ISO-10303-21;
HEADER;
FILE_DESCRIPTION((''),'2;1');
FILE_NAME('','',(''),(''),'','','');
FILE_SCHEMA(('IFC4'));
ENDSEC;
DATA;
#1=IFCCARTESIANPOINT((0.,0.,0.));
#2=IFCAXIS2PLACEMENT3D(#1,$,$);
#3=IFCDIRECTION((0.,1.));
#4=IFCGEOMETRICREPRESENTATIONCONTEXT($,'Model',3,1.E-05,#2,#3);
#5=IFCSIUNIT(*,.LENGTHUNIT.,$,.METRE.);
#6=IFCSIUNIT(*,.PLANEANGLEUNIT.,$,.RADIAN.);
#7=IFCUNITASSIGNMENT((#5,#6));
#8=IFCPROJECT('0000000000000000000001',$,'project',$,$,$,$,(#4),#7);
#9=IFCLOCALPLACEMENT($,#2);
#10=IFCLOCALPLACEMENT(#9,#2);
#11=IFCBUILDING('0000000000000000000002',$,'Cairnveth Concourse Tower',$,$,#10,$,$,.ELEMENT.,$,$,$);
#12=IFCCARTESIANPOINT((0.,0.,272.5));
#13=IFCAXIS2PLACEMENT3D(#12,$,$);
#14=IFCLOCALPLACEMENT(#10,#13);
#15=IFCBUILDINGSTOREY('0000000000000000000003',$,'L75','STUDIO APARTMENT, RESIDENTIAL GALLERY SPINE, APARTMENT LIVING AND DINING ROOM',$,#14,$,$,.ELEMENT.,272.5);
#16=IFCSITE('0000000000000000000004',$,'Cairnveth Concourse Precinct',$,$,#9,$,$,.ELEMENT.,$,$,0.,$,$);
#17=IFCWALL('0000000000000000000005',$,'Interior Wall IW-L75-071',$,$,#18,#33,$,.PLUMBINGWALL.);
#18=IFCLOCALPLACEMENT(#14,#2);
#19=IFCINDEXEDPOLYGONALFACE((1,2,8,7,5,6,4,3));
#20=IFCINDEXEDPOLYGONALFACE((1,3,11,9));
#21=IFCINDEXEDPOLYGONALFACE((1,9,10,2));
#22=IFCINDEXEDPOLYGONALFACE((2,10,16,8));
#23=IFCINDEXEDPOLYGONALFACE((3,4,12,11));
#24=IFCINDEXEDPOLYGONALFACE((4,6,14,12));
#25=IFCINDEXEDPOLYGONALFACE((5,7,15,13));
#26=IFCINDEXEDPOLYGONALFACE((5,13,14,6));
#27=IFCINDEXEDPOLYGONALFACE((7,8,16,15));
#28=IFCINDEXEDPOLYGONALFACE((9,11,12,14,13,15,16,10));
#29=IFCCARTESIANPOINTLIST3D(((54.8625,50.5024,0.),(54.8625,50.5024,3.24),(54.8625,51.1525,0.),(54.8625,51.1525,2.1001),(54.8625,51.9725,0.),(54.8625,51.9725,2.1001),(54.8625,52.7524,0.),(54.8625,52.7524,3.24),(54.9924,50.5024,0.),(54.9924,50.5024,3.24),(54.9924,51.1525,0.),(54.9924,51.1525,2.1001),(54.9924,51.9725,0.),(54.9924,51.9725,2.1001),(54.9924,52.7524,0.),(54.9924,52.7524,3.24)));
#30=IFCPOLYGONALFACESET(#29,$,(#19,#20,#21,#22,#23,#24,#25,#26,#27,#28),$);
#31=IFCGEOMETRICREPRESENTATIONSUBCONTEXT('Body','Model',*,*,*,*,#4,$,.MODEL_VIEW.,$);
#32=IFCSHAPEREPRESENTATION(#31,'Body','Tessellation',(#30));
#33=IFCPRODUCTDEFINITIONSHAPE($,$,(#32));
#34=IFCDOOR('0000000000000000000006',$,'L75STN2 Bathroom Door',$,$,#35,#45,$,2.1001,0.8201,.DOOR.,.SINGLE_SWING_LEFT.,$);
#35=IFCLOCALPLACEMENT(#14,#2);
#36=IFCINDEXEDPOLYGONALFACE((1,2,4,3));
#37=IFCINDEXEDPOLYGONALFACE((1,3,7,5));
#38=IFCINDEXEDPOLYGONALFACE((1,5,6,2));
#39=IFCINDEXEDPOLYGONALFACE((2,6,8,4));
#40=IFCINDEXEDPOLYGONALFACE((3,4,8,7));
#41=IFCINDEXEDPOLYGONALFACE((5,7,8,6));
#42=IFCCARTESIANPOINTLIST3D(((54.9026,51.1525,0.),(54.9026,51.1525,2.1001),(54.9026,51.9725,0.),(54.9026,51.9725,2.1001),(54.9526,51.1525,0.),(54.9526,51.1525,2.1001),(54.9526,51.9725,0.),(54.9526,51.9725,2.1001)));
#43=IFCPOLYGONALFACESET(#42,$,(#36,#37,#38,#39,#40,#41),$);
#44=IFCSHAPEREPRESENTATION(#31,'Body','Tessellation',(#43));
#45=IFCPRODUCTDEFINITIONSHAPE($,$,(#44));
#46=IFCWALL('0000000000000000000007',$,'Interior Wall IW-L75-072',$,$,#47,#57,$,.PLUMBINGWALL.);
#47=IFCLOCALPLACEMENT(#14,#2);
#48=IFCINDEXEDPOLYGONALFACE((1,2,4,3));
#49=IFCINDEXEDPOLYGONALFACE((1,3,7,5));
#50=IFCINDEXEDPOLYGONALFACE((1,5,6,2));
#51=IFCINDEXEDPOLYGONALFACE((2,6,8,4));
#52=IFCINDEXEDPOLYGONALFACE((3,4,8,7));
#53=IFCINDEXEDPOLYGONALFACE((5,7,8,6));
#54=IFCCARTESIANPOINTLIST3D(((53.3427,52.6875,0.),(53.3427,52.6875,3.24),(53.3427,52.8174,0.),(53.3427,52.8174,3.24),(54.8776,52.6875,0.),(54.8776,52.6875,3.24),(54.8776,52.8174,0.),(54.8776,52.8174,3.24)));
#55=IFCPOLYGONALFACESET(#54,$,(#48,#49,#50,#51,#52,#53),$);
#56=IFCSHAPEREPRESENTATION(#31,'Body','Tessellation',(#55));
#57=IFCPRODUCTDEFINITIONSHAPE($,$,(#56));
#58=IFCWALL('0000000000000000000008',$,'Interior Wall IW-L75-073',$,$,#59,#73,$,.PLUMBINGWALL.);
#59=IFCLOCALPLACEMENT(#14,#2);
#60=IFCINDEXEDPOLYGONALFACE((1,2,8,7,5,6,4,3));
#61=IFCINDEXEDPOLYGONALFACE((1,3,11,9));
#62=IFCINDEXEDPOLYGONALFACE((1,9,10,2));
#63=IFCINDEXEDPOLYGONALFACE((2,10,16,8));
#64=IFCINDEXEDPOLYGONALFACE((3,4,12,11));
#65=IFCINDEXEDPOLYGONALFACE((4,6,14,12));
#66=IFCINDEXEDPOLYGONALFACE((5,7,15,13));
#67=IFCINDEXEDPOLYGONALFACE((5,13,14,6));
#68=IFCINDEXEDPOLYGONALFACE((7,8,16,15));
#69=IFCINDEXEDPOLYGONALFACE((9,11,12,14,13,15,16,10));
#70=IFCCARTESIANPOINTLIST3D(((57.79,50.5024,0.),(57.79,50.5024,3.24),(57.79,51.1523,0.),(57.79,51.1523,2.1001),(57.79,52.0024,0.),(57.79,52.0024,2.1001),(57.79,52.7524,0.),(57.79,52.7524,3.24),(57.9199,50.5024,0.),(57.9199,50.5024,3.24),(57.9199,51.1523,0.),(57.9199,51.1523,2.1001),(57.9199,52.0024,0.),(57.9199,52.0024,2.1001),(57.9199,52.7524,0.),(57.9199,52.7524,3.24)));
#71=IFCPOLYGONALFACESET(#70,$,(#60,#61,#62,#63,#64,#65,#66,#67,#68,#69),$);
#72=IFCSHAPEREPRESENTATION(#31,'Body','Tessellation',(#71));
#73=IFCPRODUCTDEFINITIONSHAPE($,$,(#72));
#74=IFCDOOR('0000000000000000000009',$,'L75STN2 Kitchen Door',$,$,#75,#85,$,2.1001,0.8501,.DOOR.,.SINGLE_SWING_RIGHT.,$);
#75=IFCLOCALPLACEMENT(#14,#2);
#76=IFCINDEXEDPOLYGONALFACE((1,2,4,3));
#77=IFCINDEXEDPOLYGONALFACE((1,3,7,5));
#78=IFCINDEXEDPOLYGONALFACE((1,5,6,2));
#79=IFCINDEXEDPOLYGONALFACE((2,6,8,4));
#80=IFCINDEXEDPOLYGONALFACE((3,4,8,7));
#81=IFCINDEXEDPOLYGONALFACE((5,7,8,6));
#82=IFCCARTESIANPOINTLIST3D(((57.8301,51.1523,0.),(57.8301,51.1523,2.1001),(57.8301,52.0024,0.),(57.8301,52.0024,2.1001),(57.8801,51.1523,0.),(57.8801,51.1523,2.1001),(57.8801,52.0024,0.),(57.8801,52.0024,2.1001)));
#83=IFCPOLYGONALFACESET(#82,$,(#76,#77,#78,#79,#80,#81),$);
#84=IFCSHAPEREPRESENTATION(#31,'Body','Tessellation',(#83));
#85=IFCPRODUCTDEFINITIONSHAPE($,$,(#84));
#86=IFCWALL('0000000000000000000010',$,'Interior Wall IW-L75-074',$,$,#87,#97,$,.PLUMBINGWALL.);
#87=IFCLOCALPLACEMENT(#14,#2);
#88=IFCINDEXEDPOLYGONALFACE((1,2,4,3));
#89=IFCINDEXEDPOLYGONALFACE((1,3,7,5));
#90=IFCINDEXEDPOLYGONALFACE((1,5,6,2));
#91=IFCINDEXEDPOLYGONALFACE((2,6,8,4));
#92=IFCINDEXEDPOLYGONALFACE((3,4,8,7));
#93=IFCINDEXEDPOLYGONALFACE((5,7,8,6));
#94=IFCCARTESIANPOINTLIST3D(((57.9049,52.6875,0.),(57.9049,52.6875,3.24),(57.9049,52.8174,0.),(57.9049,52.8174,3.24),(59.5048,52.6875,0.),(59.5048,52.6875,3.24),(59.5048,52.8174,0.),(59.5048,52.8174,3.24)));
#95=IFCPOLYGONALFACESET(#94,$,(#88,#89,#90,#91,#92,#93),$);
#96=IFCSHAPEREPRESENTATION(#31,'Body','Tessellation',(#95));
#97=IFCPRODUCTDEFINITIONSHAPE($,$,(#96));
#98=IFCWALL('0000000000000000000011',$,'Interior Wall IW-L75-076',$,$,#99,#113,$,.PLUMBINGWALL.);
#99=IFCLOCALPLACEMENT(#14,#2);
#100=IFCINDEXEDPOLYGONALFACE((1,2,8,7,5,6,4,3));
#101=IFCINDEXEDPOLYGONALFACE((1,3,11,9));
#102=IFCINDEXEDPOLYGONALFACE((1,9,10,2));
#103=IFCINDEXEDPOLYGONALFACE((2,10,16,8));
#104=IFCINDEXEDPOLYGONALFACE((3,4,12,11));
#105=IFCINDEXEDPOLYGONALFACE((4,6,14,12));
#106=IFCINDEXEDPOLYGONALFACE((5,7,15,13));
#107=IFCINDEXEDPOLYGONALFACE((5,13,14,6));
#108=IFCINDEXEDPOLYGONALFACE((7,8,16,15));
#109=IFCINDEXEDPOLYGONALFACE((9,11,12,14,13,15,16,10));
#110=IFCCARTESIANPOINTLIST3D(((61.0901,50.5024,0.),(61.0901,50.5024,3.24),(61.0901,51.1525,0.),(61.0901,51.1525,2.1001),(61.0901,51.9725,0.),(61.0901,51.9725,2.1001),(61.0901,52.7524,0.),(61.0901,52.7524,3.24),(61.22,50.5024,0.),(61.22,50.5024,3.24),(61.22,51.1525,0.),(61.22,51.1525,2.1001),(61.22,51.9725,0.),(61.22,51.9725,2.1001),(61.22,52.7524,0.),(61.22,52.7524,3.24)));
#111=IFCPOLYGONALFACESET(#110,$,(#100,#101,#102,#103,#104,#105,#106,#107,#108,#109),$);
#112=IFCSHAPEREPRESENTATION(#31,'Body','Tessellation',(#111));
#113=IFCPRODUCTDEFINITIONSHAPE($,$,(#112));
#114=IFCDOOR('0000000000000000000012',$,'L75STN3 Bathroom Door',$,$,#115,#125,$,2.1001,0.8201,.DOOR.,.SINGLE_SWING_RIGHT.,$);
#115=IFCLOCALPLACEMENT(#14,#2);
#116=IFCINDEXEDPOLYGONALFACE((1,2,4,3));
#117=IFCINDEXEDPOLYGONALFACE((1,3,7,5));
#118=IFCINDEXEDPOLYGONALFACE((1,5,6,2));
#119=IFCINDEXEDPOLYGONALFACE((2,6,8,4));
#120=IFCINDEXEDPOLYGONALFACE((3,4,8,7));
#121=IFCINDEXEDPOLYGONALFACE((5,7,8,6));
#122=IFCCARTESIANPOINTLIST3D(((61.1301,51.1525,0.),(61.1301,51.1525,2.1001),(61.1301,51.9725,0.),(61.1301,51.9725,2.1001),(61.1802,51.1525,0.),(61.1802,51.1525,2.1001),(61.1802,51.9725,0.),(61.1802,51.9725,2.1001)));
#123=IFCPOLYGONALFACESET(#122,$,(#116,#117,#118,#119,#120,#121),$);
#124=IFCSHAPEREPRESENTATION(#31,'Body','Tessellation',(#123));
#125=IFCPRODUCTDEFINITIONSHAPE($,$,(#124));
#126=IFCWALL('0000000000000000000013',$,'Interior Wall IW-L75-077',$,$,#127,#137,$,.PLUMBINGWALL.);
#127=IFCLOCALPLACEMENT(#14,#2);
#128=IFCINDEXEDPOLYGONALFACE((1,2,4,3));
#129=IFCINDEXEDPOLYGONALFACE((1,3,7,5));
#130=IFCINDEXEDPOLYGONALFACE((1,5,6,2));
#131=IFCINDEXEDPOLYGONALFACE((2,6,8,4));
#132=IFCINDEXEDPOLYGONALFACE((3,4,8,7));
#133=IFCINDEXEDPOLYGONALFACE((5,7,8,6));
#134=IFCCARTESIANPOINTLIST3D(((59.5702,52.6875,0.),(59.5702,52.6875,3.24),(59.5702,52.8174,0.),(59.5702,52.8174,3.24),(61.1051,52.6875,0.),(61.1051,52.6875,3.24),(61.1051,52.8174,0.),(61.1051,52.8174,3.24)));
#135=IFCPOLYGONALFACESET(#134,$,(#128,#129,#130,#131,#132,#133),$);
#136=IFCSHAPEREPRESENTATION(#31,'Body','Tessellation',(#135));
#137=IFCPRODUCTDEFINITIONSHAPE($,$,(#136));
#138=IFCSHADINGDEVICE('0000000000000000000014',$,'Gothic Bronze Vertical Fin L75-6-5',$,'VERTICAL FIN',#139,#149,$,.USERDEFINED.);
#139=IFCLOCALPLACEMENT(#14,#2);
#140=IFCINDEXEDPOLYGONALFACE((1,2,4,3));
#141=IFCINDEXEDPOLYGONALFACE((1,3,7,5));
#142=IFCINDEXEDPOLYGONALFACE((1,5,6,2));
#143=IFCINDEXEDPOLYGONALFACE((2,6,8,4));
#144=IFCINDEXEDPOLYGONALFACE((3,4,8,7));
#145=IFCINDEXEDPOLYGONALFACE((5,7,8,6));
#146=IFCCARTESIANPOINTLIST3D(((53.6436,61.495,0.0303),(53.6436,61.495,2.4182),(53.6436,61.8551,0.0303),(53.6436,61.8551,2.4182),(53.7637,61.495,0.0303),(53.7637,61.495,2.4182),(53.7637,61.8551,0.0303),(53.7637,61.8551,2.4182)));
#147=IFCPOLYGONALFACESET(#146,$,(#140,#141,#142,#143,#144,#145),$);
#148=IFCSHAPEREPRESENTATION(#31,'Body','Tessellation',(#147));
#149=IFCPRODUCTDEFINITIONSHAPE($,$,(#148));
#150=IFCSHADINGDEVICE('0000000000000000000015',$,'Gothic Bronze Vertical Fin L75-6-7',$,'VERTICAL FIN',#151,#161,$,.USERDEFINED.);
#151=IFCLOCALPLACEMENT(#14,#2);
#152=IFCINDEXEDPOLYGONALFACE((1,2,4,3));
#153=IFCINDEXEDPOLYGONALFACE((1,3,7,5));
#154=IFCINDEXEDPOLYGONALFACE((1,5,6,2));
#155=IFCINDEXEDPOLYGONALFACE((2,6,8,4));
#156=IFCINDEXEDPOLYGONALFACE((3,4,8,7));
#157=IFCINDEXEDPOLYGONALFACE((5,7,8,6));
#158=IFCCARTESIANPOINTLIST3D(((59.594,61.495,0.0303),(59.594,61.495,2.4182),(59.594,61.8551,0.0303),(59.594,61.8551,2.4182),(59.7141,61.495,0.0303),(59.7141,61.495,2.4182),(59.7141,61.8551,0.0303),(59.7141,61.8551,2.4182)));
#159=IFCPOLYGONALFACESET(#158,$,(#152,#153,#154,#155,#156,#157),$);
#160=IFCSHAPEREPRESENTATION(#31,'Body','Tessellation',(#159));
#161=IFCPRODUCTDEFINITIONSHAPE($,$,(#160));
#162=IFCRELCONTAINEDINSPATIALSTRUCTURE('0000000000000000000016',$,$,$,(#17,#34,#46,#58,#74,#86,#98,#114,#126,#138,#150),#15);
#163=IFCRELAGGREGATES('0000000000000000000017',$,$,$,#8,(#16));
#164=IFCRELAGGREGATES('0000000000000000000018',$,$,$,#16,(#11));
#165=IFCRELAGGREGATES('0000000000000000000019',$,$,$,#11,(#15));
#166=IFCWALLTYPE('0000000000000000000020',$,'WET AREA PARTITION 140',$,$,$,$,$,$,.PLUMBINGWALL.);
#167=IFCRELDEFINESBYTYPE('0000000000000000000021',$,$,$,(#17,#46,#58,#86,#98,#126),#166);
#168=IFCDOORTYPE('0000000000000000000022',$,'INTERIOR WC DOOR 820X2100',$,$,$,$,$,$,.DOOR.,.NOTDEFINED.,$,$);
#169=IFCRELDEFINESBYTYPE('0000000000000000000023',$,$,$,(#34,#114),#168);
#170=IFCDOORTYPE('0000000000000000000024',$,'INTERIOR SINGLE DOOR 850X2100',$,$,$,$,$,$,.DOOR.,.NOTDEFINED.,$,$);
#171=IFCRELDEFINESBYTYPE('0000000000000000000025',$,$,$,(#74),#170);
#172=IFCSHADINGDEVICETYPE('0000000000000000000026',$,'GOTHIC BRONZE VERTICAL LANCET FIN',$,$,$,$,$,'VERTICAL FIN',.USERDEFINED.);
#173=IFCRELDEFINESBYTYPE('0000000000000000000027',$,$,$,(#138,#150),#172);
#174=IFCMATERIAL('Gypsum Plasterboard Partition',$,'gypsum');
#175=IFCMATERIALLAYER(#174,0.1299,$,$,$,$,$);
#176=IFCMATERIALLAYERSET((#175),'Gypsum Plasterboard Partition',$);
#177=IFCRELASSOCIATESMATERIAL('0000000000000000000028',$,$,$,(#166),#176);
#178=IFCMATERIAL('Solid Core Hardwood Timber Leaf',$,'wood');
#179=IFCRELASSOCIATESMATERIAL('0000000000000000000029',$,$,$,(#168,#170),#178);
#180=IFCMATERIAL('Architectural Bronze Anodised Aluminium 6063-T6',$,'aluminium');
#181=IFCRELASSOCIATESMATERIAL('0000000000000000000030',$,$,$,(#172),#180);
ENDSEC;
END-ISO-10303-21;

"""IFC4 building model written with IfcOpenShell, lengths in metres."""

from ifc_helpers import new_model, si_unit, direction, frame, frame_2d, origin, origin_2d, place, context, subcontext, project, spatial, rectangle, extrude, material, layer, layer_set, type_object, element, fill, save


model = new_model("IFC4")

# Units and contexts
model_context = context("Model", 3, precision=1e-05, world=origin(), true_north=direction((0.0, 1.0)))
body_context = subcontext(model_context, "Body", "Model", "MODEL_VIEW")
ifc_project = project(units=[si_unit("LENGTHUNIT", "METRE"), si_unit("PLANEANGLEUNIT", "RADIAN")], contexts=[model_context])

# Site, building, storey
site_placement = place(None, origin())
site = spatial("IfcSite", under=ifc_project, at=site_placement, Name="Cairnveth Concourse Precinct", CompositionType="ELEMENT", RefElevation=0.0)
building_placement = place(site_placement, origin())
building = spatial("IfcBuilding", under=site, at=building_placement, Name="Cairnveth Concourse Tower", CompositionType="ELEMENT")
storey_placement = place(building_placement, frame((0.0, 0.0, 272.5)))
storey = spatial("IfcBuildingStorey", under=building, at=storey_placement, Name="L75", Description="STUDIO APARTMENT, RESIDENTIAL GALLERY SPINE, APARTMENT LIVING AND DINING ROOM", CompositionType="ELEMENT", Elevation=272.5)

# Shared definitions
ifc_material_1 = material(Name="Gypsum Plasterboard Partition", Category="gypsum")
ifc_layer_1 = layer(ifc_material_1, 0.1299)
ifc_layer_set_1 = layer_set([ifc_layer_1], Name="Gypsum Plasterboard Partition")
wall_type_1 = type_object("IfcWallType", Name="WET AREA PARTITION 140", PredefinedType="PLUMBINGWALL", material=ifc_layer_set_1)

# Wall, opening, door
wall_1_placement = place(storey_placement, frame((54.9275, 50.5024, 0.0), z_axis=(0.0, 0.0, 1.0), x_axis=(0.0, 1.0, 0.0)))
wall_1 = element("IfcWall", 1, at=wall_1_placement, inside=storey, type_object=wall_type_1, Name="Interior Wall IW-L75-071", PredefinedType="PLUMBINGWALL", context=body_context, shape_type="SweptSolid", body=[
    extrude(rectangle(XDim=2.25, YDim=0.1299, at=frame_2d((1.125, 0.0))), origin(), (0.0, 0.0, 1.0), 3.24),
])
opening_1_placement = place(wall_1_placement, frame((0.6499, 0.0, 0.0)))
opening_1 = element("IfcOpeningElement", 2, at=opening_1_placement, cuts=wall_1, PredefinedType="OPENING", context=body_context, shape_type="SweptSolid", body=[
    extrude(rectangle(XDim=0.8201, YDim=2.1001, at=frame_2d((0.4102, 1.05))), frame((0.0, 0.075, 0.0), z_axis=(0.0, -1.0, 0.0), x_axis=(1.0, 0.0, 0.0)), (0.0, 0.0, 1.0), 0.1499),
])
ifc_material_2 = material(Name="Solid Core Hardwood Timber Leaf", Category="wood")
door_type_1 = type_object("IfcDoorType", Name="INTERIOR WC DOOR 820X2100", OperationType="NOTDEFINED", PredefinedType="DOOR", material=ifc_material_2)
door_1_placement = place(opening_1_placement, origin())
door_1 = element("IfcDoor", 3, at=door_1_placement, inside=storey, type_object=door_type_1, Name="L75STN2 Bathroom Door", OperationType="SINGLE_SWING_LEFT", OverallHeight=2.1001, OverallWidth=0.8201, PredefinedType="DOOR", context=body_context, shape_type="SweptSolid", body=[
    extrude(rectangle(XDim=0.8201, YDim=2.1001, at=frame_2d((0.4102, 1.05))), frame((0.0, 0.0249, 0.0), z_axis=(0.0, -1.0, 0.0), x_axis=(1.0, 0.0, 0.0)), (0.0, 0.0, 1.0), 0.05),
])
fill(opening_1, door_1)

# Wall
wall_2_placement = place(storey_placement, frame((53.3425, 52.7524, 0.0), z_axis=(0.0, 0.0, 1.0), x_axis=(1.0, 0.0, 0.0)))
element("IfcWall", 4, at=wall_2_placement, inside=storey, type_object=wall_type_1, Name="Interior Wall IW-L75-072", PredefinedType="PLUMBINGWALL", context=body_context, shape_type="SweptSolid", body=[
    extrude(rectangle(XDim=1.5349, YDim=0.1299, at=frame_2d((0.7676, 0.0))), origin(), (0.0, 0.0, 1.0), 3.24),
])

# Wall, opening, door
wall_3_placement = place(storey_placement, frame((57.855, 50.5024, 0.0), z_axis=(0.0, 0.0, 1.0), x_axis=(0.0, 1.0, 0.0)))
wall_3 = element("IfcWall", 5, at=wall_3_placement, inside=storey, type_object=wall_type_1, Name="Interior Wall IW-L75-073", PredefinedType="PLUMBINGWALL", context=body_context, shape_type="SweptSolid", body=[
    extrude(rectangle(XDim=2.25, YDim=0.1299, at=frame_2d((1.125, 0.0))), origin(), (0.0, 0.0, 1.0), 3.24),
])
opening_2_placement = place(wall_3_placement, frame((0.6499, 0.0, 0.0)))
opening_2 = element("IfcOpeningElement", 6, at=opening_2_placement, cuts=wall_3, PredefinedType="OPENING", context=body_context, shape_type="SweptSolid", body=[
    extrude(rectangle(XDim=0.8501, YDim=2.1001, at=frame_2d((0.425, 1.05))), frame((0.0, 0.075, 0.0), z_axis=(0.0, -1.0, 0.0), x_axis=(1.0, 0.0, 0.0)), (0.0, 0.0, 1.0), 0.1499),
])
door_type_2 = type_object("IfcDoorType", Name="INTERIOR SINGLE DOOR 850X2100", OperationType="NOTDEFINED", PredefinedType="DOOR", material=ifc_material_2)
door_2_placement = place(opening_2_placement, origin())
door_2 = element("IfcDoor", 7, at=door_2_placement, inside=storey, type_object=door_type_2, Name="L75STN2 Kitchen Door", OperationType="SINGLE_SWING_RIGHT", OverallHeight=2.1001, OverallWidth=0.8501, PredefinedType="DOOR", context=body_context, shape_type="SweptSolid", body=[
    extrude(rectangle(XDim=0.8501, YDim=2.1001, at=frame_2d((0.425, 1.05))), frame((0.0, 0.0249, 0.0), z_axis=(0.0, -1.0, 0.0), x_axis=(1.0, 0.0, 0.0)), (0.0, 0.0, 1.0), 0.05),
])
fill(opening_2, door_2)

# Wall
wall_4_placement = place(storey_placement, frame((57.905, 52.7524, 0.0), z_axis=(0.0, 0.0, 1.0), x_axis=(1.0, 0.0, 0.0)))
element("IfcWall", 8, at=wall_4_placement, inside=storey, type_object=wall_type_1, Name="Interior Wall IW-L75-074", PredefinedType="PLUMBINGWALL", context=body_context, shape_type="SweptSolid", body=[
    extrude(rectangle(XDim=1.5999, YDim=0.1299, at=frame_2d((0.7998, 0.0))), origin(), (0.0, 0.0, 1.0), 3.24),
])

# Wall, opening, door
wall_5_placement = place(storey_placement, frame((61.155, 50.5024, 0.0), z_axis=(0.0, 0.0, 1.0), x_axis=(0.0, 1.0, 0.0)))
wall_5 = element("IfcWall", 9, at=wall_5_placement, inside=storey, type_object=wall_type_1, Name="Interior Wall IW-L75-076", PredefinedType="PLUMBINGWALL", context=body_context, shape_type="SweptSolid", body=[
    extrude(rectangle(XDim=2.25, YDim=0.1299, at=frame_2d((1.125, 0.0))), origin(), (0.0, 0.0, 1.0), 3.24),
])
opening_3_placement = place(wall_5_placement, frame((0.6499, 0.0, 0.0)))
opening_3 = element("IfcOpeningElement", 10, at=opening_3_placement, cuts=wall_5, PredefinedType="OPENING", context=body_context, shape_type="SweptSolid", body=[
    extrude(rectangle(XDim=0.8201, YDim=2.1001, at=frame_2d((0.4102, 1.05))), frame((0.0, 0.075, 0.0), z_axis=(0.0, -1.0, 0.0), x_axis=(1.0, 0.0, 0.0)), (0.0, 0.0, 1.0), 0.1499),
])
door_3_placement = place(opening_3_placement, origin())
door_3 = element("IfcDoor", 11, at=door_3_placement, inside=storey, type_object=door_type_1, Name="L75STN3 Bathroom Door", OperationType="SINGLE_SWING_RIGHT", OverallHeight=2.1001, OverallWidth=0.8201, PredefinedType="DOOR", context=body_context, shape_type="SweptSolid", body=[
    extrude(rectangle(XDim=0.8201, YDim=2.1001, at=frame_2d((0.4102, 1.05))), frame((0.0, 0.0249, 0.0), z_axis=(0.0, -1.0, 0.0), x_axis=(1.0, 0.0, 0.0)), (0.0, 0.0, 1.0), 0.05),
])
fill(opening_3, door_3)

# Wall
wall_6_placement = place(storey_placement, frame((59.5701, 52.7524, 0.0), z_axis=(0.0, 0.0, 1.0), x_axis=(1.0, 0.0, 0.0)))
element("IfcWall", 12, at=wall_6_placement, inside=storey, type_object=wall_type_1, Name="Interior Wall IW-L75-077", PredefinedType="PLUMBINGWALL", context=body_context, shape_type="SweptSolid", body=[
    extrude(rectangle(XDim=1.5349, YDim=0.1299, at=frame_2d((0.7676, 0.0))), origin(), (0.0, 0.0, 1.0), 3.24),
])

# Shading devices
ifc_material_3 = material(Name="Architectural Bronze Anodised Aluminium 6063-T6", Category="aluminium")
shading_device_type = type_object("IfcShadingDeviceType", Name="GOTHIC BRONZE VERTICAL LANCET FIN", ElementType="VERTICAL FIN", PredefinedType="USERDEFINED", material=ifc_material_3)
for number, where, z_axis, x_axis, name in (
    (13, (53.7036, 61.675, 0.0303), (0.0, 0.0, 1.0), (1.0, 0.0, 0.0), "Gothic Bronze Vertical Fin L75-6-5"),
    (14, (59.6541, 61.675, 0.0303), (0.0, 0.0, 1.0), (1.0, 0.0, 0.0), "Gothic Bronze Vertical Fin L75-6-7"),
):
    element("IfcShadingDevice", number, at=place(storey_placement, frame(where, z_axis=z_axis, x_axis=x_axis)), inside=storey, type_object=shading_device_type, Name=name, ObjectType="VERTICAL FIN", PredefinedType="USERDEFINED", context=body_context, shape_type="SweptSolid", body=[
        extrude(rectangle(XDim=0.1201, YDim=0.3601, at=origin_2d()), origin(), (0.0, 0.0, 1.0), 2.3879),
    ])

save(model, "model.ifc")
